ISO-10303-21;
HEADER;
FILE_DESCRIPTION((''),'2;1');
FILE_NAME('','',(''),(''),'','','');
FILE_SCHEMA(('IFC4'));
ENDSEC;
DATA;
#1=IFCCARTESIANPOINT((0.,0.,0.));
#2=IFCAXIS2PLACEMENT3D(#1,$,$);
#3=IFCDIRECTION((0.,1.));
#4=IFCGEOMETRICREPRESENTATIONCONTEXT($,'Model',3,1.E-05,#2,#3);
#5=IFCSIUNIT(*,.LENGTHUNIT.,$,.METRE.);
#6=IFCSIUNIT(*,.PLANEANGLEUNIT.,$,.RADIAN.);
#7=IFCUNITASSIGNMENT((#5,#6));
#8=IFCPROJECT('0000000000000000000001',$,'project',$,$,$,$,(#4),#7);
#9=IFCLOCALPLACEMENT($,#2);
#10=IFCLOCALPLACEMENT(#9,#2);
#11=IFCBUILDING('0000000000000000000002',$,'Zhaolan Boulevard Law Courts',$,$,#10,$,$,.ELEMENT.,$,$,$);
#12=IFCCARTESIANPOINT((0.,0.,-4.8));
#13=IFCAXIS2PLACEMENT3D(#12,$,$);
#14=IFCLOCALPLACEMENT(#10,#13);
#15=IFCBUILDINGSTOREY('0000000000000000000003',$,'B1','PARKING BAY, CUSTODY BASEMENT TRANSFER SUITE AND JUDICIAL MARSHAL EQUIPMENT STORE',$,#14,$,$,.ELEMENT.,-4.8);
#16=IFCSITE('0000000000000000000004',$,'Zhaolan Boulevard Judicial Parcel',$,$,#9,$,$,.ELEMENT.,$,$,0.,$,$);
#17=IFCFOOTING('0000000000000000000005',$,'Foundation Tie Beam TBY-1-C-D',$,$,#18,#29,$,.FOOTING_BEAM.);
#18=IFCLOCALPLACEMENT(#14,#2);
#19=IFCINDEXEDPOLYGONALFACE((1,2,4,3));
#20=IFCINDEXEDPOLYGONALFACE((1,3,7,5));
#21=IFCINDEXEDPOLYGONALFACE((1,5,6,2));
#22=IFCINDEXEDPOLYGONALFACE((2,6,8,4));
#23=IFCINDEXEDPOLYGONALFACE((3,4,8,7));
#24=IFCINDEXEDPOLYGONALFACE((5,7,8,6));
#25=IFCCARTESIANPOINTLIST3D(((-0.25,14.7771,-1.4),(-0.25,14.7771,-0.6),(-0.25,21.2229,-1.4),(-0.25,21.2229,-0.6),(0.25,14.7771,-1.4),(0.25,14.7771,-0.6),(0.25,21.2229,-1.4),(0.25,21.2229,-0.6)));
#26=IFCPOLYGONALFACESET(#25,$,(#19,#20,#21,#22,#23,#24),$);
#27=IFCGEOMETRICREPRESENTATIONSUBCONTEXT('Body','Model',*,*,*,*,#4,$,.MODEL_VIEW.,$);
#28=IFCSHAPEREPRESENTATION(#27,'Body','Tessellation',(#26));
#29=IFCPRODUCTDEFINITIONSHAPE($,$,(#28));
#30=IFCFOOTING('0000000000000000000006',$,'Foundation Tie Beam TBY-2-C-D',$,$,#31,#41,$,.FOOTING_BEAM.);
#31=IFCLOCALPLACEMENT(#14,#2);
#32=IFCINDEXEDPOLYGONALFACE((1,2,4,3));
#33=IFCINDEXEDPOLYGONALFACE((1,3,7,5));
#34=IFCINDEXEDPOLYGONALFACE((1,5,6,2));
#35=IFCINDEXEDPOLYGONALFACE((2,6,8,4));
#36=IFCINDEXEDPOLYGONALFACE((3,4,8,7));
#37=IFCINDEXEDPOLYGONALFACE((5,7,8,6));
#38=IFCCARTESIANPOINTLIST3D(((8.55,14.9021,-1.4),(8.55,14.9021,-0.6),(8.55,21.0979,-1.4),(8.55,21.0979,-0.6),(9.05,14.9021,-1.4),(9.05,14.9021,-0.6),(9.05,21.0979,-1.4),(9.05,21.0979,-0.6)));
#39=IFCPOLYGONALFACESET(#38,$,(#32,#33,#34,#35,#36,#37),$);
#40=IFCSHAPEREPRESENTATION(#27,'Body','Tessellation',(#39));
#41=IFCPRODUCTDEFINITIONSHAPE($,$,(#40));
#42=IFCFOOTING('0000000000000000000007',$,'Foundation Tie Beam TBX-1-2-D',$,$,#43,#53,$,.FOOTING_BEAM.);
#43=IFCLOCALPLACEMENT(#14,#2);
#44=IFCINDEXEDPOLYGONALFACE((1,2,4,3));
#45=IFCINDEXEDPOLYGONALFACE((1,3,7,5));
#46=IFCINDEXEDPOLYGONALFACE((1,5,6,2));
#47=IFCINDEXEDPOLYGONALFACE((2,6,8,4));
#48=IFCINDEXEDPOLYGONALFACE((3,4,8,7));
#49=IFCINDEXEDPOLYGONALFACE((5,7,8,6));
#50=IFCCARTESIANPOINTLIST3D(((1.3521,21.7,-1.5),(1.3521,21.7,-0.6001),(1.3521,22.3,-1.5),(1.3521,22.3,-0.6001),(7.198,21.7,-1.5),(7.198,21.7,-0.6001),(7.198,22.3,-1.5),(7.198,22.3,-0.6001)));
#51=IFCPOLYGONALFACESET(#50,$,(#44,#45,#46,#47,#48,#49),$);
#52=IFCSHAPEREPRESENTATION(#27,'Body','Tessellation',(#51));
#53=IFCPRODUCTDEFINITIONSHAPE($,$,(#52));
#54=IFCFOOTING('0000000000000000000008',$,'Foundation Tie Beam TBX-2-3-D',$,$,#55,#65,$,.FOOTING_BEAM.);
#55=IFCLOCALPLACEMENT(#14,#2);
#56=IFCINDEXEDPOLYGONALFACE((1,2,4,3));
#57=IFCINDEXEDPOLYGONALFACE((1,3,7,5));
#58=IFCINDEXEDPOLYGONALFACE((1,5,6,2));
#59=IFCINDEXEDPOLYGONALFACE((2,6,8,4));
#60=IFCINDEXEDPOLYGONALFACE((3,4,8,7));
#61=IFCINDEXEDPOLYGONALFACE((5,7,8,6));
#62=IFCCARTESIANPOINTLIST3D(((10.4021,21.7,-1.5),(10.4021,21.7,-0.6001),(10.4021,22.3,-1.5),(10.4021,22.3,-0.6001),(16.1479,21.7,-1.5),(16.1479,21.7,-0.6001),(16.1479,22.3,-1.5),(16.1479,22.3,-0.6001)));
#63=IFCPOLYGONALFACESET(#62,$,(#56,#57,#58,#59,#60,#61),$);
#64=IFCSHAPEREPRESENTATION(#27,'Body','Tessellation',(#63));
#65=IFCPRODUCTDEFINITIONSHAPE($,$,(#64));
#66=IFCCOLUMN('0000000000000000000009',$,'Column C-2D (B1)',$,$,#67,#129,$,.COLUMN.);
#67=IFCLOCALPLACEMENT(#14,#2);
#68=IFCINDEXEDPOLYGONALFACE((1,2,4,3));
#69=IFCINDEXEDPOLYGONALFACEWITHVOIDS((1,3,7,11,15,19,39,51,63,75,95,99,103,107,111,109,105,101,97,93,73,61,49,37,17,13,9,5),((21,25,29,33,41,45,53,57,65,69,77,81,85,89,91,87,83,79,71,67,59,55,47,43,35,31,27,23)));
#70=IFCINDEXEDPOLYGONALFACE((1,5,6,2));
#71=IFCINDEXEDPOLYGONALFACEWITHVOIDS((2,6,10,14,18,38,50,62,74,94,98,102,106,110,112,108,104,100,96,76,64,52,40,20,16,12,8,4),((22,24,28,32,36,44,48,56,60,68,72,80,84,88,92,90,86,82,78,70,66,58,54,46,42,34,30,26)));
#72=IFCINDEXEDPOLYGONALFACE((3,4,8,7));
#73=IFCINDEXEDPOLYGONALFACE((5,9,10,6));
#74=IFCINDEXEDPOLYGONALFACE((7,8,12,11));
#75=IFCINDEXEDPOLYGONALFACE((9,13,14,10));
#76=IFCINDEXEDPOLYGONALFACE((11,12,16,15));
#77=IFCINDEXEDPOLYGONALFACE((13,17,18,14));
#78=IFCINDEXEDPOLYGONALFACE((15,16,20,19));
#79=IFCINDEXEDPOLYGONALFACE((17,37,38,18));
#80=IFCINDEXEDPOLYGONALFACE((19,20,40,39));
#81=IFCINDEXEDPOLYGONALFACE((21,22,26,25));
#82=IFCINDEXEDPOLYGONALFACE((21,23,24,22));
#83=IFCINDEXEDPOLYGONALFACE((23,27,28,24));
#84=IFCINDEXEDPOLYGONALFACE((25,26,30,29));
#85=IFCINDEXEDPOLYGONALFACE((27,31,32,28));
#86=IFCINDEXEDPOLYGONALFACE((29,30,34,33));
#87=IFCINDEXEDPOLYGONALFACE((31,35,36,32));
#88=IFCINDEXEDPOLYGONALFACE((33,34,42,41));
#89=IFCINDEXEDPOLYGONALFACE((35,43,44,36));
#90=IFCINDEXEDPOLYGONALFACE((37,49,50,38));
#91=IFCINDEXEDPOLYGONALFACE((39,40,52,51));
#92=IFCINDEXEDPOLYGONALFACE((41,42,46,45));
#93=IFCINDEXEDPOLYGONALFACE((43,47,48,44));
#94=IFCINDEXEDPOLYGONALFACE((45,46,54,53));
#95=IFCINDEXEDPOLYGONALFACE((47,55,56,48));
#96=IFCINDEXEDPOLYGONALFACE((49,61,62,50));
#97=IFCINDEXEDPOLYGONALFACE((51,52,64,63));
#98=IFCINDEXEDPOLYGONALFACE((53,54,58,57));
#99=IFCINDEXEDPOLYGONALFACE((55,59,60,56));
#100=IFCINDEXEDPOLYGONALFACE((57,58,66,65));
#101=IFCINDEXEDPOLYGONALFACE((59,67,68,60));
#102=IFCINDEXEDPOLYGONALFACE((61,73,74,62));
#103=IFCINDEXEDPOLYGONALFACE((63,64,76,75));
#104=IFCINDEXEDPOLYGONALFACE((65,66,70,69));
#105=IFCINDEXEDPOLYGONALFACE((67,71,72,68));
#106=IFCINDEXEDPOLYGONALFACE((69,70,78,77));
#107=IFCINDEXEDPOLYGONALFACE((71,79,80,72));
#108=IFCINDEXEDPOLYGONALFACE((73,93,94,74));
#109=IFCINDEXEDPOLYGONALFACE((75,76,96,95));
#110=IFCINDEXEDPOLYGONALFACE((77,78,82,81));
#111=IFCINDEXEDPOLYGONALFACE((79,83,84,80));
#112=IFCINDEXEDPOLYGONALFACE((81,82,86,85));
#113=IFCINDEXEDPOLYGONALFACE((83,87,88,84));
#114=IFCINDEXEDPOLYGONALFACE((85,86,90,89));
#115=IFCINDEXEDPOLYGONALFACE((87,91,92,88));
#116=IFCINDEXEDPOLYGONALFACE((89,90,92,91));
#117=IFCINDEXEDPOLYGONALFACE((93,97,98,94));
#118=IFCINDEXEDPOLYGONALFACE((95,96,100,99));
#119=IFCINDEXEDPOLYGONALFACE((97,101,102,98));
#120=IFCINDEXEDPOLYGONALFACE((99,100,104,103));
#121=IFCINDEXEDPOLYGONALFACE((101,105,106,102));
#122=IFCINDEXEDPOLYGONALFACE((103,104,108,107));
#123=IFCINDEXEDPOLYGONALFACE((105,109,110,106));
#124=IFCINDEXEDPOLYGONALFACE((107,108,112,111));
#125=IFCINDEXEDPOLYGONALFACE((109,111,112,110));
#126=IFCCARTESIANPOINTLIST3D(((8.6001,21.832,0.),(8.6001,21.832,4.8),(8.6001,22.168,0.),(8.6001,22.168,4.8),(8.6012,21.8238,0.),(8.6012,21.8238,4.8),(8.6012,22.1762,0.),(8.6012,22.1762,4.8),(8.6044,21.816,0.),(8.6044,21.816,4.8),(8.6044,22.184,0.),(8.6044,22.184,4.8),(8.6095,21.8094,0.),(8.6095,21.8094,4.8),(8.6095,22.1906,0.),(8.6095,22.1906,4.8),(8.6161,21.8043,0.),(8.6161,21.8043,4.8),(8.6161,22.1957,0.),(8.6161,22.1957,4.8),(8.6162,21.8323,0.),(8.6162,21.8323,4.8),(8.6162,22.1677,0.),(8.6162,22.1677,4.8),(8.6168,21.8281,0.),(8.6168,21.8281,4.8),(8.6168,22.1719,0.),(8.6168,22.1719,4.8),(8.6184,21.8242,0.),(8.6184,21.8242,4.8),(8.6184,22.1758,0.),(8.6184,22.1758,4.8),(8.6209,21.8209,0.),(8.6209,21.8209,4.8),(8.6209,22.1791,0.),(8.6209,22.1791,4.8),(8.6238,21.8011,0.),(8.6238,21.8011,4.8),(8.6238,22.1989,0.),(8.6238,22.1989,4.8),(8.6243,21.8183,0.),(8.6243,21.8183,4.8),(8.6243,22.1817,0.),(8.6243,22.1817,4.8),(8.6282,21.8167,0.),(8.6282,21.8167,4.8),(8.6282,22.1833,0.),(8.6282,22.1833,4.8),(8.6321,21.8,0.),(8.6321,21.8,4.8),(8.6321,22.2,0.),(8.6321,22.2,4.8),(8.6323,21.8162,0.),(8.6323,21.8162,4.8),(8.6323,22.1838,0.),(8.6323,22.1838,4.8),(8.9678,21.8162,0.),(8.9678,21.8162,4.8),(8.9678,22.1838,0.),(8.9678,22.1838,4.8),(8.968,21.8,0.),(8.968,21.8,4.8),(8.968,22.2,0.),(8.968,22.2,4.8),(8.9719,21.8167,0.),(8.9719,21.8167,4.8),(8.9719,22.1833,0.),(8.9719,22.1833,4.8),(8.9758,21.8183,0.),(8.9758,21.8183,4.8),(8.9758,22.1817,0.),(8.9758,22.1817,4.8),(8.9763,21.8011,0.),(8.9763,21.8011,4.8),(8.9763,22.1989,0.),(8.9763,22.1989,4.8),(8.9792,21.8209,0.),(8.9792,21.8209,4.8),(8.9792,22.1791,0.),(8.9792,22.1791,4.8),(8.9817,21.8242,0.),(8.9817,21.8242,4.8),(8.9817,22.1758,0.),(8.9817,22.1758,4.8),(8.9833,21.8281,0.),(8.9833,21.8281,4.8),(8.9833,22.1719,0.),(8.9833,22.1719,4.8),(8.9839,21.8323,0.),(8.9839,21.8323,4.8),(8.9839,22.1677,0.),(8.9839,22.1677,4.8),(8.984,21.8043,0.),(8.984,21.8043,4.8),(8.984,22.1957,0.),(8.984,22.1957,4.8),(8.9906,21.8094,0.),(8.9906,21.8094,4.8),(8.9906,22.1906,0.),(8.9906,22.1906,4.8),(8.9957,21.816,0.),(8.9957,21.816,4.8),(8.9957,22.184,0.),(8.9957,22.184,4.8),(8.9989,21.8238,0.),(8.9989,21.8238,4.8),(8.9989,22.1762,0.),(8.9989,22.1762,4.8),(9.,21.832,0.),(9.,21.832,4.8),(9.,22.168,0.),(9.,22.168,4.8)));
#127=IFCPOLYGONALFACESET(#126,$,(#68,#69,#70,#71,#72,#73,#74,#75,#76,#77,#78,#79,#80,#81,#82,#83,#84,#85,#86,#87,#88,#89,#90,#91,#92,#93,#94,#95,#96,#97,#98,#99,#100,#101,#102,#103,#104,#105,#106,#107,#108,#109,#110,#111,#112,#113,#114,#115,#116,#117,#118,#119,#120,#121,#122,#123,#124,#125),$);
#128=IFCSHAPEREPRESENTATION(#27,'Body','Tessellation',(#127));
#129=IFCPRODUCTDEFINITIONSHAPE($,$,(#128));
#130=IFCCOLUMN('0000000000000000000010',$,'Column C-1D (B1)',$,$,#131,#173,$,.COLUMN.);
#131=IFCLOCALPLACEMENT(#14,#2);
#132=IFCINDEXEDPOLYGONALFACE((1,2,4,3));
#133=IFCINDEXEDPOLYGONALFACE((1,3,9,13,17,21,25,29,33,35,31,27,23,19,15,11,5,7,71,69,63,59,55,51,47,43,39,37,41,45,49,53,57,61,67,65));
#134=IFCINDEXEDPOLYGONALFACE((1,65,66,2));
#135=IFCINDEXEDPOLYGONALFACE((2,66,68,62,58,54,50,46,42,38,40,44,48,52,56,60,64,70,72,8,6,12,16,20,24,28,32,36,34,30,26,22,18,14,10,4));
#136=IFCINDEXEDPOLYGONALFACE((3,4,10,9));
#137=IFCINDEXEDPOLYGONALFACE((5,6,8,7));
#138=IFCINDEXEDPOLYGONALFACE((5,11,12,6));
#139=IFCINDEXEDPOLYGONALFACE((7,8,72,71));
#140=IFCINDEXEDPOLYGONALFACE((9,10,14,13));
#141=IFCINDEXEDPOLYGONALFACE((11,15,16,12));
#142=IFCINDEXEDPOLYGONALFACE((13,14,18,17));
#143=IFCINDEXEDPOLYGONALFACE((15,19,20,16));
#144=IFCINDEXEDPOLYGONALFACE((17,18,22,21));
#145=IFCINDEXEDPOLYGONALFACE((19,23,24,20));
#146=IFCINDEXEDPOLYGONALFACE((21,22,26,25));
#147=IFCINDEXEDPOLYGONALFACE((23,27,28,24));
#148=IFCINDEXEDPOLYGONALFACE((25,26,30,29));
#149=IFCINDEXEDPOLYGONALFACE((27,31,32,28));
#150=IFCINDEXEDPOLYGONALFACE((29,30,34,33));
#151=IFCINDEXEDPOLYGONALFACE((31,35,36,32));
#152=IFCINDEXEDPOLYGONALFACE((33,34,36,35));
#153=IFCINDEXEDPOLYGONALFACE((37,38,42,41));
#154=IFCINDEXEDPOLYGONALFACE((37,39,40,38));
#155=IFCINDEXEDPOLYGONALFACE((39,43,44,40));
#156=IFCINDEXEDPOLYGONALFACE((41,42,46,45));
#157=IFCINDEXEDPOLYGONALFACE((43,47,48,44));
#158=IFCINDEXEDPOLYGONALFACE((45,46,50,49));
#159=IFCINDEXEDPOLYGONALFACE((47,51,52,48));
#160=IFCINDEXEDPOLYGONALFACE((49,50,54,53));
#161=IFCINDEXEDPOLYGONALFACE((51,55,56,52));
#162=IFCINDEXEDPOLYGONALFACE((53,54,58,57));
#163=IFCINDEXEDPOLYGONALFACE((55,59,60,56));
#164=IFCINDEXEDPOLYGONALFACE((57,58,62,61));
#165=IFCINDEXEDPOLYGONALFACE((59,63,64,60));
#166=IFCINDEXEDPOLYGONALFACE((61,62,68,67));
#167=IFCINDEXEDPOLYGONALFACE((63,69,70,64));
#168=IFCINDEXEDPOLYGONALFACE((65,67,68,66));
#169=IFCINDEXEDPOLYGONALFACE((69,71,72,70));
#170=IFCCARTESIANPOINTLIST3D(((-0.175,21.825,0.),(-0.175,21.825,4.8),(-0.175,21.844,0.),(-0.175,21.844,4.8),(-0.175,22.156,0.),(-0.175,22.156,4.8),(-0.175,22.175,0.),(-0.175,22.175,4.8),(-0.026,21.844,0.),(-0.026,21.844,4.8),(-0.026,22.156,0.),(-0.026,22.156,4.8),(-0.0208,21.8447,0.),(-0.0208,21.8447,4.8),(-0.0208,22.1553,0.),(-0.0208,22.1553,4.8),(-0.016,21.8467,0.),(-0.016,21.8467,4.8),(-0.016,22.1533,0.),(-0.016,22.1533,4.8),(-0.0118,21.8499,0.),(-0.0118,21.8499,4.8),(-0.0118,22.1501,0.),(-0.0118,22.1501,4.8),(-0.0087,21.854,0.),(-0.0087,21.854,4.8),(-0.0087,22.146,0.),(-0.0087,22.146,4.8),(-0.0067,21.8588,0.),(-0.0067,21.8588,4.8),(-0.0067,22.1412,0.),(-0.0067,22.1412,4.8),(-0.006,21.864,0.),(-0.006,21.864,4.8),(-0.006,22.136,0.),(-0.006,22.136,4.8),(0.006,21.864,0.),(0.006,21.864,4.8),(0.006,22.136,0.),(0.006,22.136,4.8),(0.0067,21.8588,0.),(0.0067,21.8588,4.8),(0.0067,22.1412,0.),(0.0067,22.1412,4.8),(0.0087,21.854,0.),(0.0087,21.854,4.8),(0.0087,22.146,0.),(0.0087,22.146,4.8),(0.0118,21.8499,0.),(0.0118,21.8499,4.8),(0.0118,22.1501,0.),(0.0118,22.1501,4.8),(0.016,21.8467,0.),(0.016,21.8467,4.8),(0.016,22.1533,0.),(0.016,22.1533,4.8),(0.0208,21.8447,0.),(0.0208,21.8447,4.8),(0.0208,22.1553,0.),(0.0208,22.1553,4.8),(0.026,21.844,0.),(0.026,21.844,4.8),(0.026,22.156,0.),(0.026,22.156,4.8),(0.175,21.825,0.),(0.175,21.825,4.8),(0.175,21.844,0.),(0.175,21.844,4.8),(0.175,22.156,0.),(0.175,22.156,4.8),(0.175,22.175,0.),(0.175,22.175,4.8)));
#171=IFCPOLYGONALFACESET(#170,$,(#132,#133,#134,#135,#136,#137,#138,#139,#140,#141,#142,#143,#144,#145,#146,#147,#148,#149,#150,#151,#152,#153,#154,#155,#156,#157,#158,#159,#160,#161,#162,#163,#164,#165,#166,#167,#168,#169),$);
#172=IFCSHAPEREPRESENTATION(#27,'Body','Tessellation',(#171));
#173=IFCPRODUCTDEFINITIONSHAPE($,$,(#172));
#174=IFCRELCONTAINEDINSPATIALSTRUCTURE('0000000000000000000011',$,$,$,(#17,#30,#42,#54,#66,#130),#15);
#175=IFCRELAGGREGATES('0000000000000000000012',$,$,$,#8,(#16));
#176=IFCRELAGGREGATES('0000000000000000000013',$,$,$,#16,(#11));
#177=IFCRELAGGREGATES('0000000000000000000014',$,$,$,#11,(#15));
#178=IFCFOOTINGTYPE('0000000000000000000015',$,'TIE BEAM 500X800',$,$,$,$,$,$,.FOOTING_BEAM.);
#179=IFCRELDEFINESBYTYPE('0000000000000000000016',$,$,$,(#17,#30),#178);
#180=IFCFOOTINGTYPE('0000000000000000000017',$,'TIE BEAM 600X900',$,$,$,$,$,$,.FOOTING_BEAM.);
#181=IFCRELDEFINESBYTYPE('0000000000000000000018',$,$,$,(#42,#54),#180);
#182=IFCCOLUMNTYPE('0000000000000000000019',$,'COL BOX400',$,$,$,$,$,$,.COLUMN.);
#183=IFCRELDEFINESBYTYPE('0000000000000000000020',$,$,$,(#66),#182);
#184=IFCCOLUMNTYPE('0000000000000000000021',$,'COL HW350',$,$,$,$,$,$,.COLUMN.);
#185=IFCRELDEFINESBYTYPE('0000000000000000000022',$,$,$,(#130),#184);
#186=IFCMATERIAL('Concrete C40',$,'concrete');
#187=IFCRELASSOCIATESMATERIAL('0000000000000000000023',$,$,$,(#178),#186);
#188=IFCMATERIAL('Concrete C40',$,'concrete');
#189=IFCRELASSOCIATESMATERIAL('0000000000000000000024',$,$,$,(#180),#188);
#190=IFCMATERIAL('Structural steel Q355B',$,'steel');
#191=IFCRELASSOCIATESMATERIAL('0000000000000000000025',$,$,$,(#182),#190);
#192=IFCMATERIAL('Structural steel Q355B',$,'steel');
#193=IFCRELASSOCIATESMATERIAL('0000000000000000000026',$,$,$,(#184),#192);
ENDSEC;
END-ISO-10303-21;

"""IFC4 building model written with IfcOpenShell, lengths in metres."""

from ifc_helpers import new_model, si_unit, direction, frame, origin, origin_2d, place, context, subcontext, project, spatial, rectangle, hollow_rectangle, i_section, extrude, material, material_profile, profile_set, type_object, element, save


model = new_model("IFC4")

# Units and contexts
model_context = context("Model", 3, precision=1e-05, world=origin(), true_north=direction((0.0, 1.0)))
body_context = subcontext(model_context, "Body", "Model", "MODEL_VIEW")
ifc_project = project(units=[si_unit("LENGTHUNIT", "METRE"), si_unit("PLANEANGLEUNIT", "RADIAN")], contexts=[model_context])

# Site, building, storey
site_placement = place(None, origin())
site = spatial("IfcSite", under=ifc_project, at=site_placement, Name="Zhaolan Boulevard Judicial Parcel", CompositionType="ELEMENT", RefElevation=0.0)
building_placement = place(site_placement, origin())
building = spatial("IfcBuilding", under=site, at=building_placement, Name="Zhaolan Boulevard Law Courts", CompositionType="ELEMENT")
storey_placement = place(building_placement, frame((0.0, 0.0, -4.8)))
storey = spatial("IfcBuildingStorey", under=building, at=storey_placement, Name="B1", Description="PARKING BAY, CUSTODY BASEMENT TRANSFER SUITE AND JUDICIAL MARSHAL EQUIPMENT STORE", CompositionType="ELEMENT", Elevation=-4.8)

# Footings
ifc_material_1 = material(Name="Concrete C40", Category="concrete")
ifc_material_profile_1 = material_profile(ifc_material_1, rectangle(XDim=0.5, YDim=0.8, at=origin_2d()), Name="RC500x800")
ifc_profile_set_1 = profile_set([ifc_material_profile_1], Name="Concrete C40")
footing_type_1 = type_object("IfcFootingType", Name="TIE BEAM 500X800", PredefinedType="FOOTING_BEAM", material=ifc_profile_set_1)
footing_1_placement = place(storey_placement, frame((0.0, 14.7771, -1.0), z_axis=(0.0, 1.0, 0.0), x_axis=(-1.0, 0.0, 0.0)))
element("IfcFooting", 1, at=footing_1_placement, inside=storey, type_object=footing_type_1, Name="Foundation Tie Beam TBY-1-C-D", PredefinedType="FOOTING_BEAM", context=body_context, shape_type="SweptSolid", body=[
    extrude(rectangle(XDim=0.5, YDim=0.8, at=origin_2d()), origin(), (0.0, 0.0, 1.0), 6.4458),
])
footing_2_placement = place(storey_placement, frame((8.8, 14.9021, -1.0), z_axis=(0.0, 1.0, 0.0), x_axis=(-1.0, 0.0, 0.0)))
element("IfcFooting", 2, at=footing_2_placement, inside=storey, type_object=footing_type_1, Name="Foundation Tie Beam TBY-2-C-D", PredefinedType="FOOTING_BEAM", context=body_context, shape_type="SweptSolid", body=[
    extrude(rectangle(XDim=0.5, YDim=0.8, at=origin_2d()), origin(), (0.0, 0.0, 1.0), 6.1958),
])
ifc_material_2 = material(Name="Concrete C40", Category="concrete")
ifc_material_profile_2 = material_profile(ifc_material_2, rectangle(XDim=0.6001, YDim=0.8999, at=origin_2d()), Name="RC600x900")
ifc_profile_set_2 = profile_set([ifc_material_profile_2], Name="Concrete C40")
footing_type_2 = type_object("IfcFootingType", Name="TIE BEAM 600X900", PredefinedType="FOOTING_BEAM", material=ifc_profile_set_2)
footing_3_placement = place(storey_placement, frame((1.3521, 22.0, -1.05), z_axis=(1.0, 0.0, 0.0), x_axis=(0.0, 1.0, 0.0)))
element("IfcFooting", 3, at=footing_3_placement, inside=storey, type_object=footing_type_2, Name="Foundation Tie Beam TBX-1-2-D", PredefinedType="FOOTING_BEAM", context=body_context, shape_type="SweptSolid", body=[
    extrude(rectangle(XDim=0.6001, YDim=0.8999, at=origin_2d()), origin(), (0.0, 0.0, 1.0), 5.8459),
])
footing_4_placement = place(storey_placement, frame((10.4021, 22.0, -1.05), z_axis=(1.0, 0.0, 0.0), x_axis=(0.0, 1.0, 0.0)))
element("IfcFooting", 4, at=footing_4_placement, inside=storey, type_object=footing_type_2, Name="Foundation Tie Beam TBX-2-3-D", PredefinedType="FOOTING_BEAM", context=body_context, shape_type="SweptSolid", body=[
    extrude(rectangle(XDim=0.6001, YDim=0.8999, at=origin_2d()), origin(), (0.0, 0.0, 1.0), 5.7458),
])

# Columns
ifc_material_3 = material(Name="Structural steel Q355B", Category="steel")
ifc_material_profile_3 = material_profile(ifc_material_3, hollow_rectangle(XDim=0.3999, YDim=0.3999, WallThickness=0.0161, InnerFilletRadius=0.0161, OuterFilletRadius=0.032, at=origin_2d()), Name="BOX400x400x16")
ifc_profile_set_3 = profile_set([ifc_material_profile_3], Name="Structural steel Q355B")
column_type_1 = type_object("IfcColumnType", Name="COL BOX400", PredefinedType="COLUMN", material=ifc_profile_set_3)
column_1_placement = place(storey_placement, frame((8.8, 22.0, 0.0), z_axis=(0.0, 0.0, 1.0), x_axis=(1.0, 0.0, 0.0)))
element("IfcColumn", 5, at=column_1_placement, inside=storey, type_object=column_type_1, Name="Column C-2D (B1)", PredefinedType="COLUMN", context=body_context, shape_type="SweptSolid", body=[
    extrude(hollow_rectangle(XDim=0.3999, YDim=0.3999, WallThickness=0.0161, InnerFilletRadius=0.0161, OuterFilletRadius=0.032, at=origin_2d()), origin(), (0.0, 0.0, 1.0), 4.8),
])
ifc_material_4 = material(Name="Structural steel Q355B", Category="steel")
ifc_material_profile_4 = material_profile(ifc_material_4, i_section(OverallWidth=0.3501, OverallDepth=0.3501, WebThickness=0.012, FlangeThickness=0.019, FilletRadius=0.02, at=origin_2d()), Name="HW350x350")
ifc_profile_set_4 = profile_set([ifc_material_profile_4], Name="Structural steel Q355B")
column_type_2 = type_object("IfcColumnType", Name="COL HW350", PredefinedType="COLUMN", material=ifc_profile_set_4)
column_2_placement = place(storey_placement, frame((0.0, 22.0, 0.0), z_axis=(0.0, 0.0, 1.0), x_axis=(1.0, 0.0, 0.0)))
element("IfcColumn", 6, at=column_2_placement, inside=storey, type_object=column_type_2, Name="Column C-1D (B1)", PredefinedType="COLUMN", context=body_context, shape_type="SweptSolid", body=[
    extrude(i_section(OverallWidth=0.3501, OverallDepth=0.3501, WebThickness=0.012, FlangeThickness=0.019, FilletRadius=0.02, at=origin_2d()), origin(), (0.0, 0.0, 1.0), 4.8),
])

save(model, "model.ifc")
